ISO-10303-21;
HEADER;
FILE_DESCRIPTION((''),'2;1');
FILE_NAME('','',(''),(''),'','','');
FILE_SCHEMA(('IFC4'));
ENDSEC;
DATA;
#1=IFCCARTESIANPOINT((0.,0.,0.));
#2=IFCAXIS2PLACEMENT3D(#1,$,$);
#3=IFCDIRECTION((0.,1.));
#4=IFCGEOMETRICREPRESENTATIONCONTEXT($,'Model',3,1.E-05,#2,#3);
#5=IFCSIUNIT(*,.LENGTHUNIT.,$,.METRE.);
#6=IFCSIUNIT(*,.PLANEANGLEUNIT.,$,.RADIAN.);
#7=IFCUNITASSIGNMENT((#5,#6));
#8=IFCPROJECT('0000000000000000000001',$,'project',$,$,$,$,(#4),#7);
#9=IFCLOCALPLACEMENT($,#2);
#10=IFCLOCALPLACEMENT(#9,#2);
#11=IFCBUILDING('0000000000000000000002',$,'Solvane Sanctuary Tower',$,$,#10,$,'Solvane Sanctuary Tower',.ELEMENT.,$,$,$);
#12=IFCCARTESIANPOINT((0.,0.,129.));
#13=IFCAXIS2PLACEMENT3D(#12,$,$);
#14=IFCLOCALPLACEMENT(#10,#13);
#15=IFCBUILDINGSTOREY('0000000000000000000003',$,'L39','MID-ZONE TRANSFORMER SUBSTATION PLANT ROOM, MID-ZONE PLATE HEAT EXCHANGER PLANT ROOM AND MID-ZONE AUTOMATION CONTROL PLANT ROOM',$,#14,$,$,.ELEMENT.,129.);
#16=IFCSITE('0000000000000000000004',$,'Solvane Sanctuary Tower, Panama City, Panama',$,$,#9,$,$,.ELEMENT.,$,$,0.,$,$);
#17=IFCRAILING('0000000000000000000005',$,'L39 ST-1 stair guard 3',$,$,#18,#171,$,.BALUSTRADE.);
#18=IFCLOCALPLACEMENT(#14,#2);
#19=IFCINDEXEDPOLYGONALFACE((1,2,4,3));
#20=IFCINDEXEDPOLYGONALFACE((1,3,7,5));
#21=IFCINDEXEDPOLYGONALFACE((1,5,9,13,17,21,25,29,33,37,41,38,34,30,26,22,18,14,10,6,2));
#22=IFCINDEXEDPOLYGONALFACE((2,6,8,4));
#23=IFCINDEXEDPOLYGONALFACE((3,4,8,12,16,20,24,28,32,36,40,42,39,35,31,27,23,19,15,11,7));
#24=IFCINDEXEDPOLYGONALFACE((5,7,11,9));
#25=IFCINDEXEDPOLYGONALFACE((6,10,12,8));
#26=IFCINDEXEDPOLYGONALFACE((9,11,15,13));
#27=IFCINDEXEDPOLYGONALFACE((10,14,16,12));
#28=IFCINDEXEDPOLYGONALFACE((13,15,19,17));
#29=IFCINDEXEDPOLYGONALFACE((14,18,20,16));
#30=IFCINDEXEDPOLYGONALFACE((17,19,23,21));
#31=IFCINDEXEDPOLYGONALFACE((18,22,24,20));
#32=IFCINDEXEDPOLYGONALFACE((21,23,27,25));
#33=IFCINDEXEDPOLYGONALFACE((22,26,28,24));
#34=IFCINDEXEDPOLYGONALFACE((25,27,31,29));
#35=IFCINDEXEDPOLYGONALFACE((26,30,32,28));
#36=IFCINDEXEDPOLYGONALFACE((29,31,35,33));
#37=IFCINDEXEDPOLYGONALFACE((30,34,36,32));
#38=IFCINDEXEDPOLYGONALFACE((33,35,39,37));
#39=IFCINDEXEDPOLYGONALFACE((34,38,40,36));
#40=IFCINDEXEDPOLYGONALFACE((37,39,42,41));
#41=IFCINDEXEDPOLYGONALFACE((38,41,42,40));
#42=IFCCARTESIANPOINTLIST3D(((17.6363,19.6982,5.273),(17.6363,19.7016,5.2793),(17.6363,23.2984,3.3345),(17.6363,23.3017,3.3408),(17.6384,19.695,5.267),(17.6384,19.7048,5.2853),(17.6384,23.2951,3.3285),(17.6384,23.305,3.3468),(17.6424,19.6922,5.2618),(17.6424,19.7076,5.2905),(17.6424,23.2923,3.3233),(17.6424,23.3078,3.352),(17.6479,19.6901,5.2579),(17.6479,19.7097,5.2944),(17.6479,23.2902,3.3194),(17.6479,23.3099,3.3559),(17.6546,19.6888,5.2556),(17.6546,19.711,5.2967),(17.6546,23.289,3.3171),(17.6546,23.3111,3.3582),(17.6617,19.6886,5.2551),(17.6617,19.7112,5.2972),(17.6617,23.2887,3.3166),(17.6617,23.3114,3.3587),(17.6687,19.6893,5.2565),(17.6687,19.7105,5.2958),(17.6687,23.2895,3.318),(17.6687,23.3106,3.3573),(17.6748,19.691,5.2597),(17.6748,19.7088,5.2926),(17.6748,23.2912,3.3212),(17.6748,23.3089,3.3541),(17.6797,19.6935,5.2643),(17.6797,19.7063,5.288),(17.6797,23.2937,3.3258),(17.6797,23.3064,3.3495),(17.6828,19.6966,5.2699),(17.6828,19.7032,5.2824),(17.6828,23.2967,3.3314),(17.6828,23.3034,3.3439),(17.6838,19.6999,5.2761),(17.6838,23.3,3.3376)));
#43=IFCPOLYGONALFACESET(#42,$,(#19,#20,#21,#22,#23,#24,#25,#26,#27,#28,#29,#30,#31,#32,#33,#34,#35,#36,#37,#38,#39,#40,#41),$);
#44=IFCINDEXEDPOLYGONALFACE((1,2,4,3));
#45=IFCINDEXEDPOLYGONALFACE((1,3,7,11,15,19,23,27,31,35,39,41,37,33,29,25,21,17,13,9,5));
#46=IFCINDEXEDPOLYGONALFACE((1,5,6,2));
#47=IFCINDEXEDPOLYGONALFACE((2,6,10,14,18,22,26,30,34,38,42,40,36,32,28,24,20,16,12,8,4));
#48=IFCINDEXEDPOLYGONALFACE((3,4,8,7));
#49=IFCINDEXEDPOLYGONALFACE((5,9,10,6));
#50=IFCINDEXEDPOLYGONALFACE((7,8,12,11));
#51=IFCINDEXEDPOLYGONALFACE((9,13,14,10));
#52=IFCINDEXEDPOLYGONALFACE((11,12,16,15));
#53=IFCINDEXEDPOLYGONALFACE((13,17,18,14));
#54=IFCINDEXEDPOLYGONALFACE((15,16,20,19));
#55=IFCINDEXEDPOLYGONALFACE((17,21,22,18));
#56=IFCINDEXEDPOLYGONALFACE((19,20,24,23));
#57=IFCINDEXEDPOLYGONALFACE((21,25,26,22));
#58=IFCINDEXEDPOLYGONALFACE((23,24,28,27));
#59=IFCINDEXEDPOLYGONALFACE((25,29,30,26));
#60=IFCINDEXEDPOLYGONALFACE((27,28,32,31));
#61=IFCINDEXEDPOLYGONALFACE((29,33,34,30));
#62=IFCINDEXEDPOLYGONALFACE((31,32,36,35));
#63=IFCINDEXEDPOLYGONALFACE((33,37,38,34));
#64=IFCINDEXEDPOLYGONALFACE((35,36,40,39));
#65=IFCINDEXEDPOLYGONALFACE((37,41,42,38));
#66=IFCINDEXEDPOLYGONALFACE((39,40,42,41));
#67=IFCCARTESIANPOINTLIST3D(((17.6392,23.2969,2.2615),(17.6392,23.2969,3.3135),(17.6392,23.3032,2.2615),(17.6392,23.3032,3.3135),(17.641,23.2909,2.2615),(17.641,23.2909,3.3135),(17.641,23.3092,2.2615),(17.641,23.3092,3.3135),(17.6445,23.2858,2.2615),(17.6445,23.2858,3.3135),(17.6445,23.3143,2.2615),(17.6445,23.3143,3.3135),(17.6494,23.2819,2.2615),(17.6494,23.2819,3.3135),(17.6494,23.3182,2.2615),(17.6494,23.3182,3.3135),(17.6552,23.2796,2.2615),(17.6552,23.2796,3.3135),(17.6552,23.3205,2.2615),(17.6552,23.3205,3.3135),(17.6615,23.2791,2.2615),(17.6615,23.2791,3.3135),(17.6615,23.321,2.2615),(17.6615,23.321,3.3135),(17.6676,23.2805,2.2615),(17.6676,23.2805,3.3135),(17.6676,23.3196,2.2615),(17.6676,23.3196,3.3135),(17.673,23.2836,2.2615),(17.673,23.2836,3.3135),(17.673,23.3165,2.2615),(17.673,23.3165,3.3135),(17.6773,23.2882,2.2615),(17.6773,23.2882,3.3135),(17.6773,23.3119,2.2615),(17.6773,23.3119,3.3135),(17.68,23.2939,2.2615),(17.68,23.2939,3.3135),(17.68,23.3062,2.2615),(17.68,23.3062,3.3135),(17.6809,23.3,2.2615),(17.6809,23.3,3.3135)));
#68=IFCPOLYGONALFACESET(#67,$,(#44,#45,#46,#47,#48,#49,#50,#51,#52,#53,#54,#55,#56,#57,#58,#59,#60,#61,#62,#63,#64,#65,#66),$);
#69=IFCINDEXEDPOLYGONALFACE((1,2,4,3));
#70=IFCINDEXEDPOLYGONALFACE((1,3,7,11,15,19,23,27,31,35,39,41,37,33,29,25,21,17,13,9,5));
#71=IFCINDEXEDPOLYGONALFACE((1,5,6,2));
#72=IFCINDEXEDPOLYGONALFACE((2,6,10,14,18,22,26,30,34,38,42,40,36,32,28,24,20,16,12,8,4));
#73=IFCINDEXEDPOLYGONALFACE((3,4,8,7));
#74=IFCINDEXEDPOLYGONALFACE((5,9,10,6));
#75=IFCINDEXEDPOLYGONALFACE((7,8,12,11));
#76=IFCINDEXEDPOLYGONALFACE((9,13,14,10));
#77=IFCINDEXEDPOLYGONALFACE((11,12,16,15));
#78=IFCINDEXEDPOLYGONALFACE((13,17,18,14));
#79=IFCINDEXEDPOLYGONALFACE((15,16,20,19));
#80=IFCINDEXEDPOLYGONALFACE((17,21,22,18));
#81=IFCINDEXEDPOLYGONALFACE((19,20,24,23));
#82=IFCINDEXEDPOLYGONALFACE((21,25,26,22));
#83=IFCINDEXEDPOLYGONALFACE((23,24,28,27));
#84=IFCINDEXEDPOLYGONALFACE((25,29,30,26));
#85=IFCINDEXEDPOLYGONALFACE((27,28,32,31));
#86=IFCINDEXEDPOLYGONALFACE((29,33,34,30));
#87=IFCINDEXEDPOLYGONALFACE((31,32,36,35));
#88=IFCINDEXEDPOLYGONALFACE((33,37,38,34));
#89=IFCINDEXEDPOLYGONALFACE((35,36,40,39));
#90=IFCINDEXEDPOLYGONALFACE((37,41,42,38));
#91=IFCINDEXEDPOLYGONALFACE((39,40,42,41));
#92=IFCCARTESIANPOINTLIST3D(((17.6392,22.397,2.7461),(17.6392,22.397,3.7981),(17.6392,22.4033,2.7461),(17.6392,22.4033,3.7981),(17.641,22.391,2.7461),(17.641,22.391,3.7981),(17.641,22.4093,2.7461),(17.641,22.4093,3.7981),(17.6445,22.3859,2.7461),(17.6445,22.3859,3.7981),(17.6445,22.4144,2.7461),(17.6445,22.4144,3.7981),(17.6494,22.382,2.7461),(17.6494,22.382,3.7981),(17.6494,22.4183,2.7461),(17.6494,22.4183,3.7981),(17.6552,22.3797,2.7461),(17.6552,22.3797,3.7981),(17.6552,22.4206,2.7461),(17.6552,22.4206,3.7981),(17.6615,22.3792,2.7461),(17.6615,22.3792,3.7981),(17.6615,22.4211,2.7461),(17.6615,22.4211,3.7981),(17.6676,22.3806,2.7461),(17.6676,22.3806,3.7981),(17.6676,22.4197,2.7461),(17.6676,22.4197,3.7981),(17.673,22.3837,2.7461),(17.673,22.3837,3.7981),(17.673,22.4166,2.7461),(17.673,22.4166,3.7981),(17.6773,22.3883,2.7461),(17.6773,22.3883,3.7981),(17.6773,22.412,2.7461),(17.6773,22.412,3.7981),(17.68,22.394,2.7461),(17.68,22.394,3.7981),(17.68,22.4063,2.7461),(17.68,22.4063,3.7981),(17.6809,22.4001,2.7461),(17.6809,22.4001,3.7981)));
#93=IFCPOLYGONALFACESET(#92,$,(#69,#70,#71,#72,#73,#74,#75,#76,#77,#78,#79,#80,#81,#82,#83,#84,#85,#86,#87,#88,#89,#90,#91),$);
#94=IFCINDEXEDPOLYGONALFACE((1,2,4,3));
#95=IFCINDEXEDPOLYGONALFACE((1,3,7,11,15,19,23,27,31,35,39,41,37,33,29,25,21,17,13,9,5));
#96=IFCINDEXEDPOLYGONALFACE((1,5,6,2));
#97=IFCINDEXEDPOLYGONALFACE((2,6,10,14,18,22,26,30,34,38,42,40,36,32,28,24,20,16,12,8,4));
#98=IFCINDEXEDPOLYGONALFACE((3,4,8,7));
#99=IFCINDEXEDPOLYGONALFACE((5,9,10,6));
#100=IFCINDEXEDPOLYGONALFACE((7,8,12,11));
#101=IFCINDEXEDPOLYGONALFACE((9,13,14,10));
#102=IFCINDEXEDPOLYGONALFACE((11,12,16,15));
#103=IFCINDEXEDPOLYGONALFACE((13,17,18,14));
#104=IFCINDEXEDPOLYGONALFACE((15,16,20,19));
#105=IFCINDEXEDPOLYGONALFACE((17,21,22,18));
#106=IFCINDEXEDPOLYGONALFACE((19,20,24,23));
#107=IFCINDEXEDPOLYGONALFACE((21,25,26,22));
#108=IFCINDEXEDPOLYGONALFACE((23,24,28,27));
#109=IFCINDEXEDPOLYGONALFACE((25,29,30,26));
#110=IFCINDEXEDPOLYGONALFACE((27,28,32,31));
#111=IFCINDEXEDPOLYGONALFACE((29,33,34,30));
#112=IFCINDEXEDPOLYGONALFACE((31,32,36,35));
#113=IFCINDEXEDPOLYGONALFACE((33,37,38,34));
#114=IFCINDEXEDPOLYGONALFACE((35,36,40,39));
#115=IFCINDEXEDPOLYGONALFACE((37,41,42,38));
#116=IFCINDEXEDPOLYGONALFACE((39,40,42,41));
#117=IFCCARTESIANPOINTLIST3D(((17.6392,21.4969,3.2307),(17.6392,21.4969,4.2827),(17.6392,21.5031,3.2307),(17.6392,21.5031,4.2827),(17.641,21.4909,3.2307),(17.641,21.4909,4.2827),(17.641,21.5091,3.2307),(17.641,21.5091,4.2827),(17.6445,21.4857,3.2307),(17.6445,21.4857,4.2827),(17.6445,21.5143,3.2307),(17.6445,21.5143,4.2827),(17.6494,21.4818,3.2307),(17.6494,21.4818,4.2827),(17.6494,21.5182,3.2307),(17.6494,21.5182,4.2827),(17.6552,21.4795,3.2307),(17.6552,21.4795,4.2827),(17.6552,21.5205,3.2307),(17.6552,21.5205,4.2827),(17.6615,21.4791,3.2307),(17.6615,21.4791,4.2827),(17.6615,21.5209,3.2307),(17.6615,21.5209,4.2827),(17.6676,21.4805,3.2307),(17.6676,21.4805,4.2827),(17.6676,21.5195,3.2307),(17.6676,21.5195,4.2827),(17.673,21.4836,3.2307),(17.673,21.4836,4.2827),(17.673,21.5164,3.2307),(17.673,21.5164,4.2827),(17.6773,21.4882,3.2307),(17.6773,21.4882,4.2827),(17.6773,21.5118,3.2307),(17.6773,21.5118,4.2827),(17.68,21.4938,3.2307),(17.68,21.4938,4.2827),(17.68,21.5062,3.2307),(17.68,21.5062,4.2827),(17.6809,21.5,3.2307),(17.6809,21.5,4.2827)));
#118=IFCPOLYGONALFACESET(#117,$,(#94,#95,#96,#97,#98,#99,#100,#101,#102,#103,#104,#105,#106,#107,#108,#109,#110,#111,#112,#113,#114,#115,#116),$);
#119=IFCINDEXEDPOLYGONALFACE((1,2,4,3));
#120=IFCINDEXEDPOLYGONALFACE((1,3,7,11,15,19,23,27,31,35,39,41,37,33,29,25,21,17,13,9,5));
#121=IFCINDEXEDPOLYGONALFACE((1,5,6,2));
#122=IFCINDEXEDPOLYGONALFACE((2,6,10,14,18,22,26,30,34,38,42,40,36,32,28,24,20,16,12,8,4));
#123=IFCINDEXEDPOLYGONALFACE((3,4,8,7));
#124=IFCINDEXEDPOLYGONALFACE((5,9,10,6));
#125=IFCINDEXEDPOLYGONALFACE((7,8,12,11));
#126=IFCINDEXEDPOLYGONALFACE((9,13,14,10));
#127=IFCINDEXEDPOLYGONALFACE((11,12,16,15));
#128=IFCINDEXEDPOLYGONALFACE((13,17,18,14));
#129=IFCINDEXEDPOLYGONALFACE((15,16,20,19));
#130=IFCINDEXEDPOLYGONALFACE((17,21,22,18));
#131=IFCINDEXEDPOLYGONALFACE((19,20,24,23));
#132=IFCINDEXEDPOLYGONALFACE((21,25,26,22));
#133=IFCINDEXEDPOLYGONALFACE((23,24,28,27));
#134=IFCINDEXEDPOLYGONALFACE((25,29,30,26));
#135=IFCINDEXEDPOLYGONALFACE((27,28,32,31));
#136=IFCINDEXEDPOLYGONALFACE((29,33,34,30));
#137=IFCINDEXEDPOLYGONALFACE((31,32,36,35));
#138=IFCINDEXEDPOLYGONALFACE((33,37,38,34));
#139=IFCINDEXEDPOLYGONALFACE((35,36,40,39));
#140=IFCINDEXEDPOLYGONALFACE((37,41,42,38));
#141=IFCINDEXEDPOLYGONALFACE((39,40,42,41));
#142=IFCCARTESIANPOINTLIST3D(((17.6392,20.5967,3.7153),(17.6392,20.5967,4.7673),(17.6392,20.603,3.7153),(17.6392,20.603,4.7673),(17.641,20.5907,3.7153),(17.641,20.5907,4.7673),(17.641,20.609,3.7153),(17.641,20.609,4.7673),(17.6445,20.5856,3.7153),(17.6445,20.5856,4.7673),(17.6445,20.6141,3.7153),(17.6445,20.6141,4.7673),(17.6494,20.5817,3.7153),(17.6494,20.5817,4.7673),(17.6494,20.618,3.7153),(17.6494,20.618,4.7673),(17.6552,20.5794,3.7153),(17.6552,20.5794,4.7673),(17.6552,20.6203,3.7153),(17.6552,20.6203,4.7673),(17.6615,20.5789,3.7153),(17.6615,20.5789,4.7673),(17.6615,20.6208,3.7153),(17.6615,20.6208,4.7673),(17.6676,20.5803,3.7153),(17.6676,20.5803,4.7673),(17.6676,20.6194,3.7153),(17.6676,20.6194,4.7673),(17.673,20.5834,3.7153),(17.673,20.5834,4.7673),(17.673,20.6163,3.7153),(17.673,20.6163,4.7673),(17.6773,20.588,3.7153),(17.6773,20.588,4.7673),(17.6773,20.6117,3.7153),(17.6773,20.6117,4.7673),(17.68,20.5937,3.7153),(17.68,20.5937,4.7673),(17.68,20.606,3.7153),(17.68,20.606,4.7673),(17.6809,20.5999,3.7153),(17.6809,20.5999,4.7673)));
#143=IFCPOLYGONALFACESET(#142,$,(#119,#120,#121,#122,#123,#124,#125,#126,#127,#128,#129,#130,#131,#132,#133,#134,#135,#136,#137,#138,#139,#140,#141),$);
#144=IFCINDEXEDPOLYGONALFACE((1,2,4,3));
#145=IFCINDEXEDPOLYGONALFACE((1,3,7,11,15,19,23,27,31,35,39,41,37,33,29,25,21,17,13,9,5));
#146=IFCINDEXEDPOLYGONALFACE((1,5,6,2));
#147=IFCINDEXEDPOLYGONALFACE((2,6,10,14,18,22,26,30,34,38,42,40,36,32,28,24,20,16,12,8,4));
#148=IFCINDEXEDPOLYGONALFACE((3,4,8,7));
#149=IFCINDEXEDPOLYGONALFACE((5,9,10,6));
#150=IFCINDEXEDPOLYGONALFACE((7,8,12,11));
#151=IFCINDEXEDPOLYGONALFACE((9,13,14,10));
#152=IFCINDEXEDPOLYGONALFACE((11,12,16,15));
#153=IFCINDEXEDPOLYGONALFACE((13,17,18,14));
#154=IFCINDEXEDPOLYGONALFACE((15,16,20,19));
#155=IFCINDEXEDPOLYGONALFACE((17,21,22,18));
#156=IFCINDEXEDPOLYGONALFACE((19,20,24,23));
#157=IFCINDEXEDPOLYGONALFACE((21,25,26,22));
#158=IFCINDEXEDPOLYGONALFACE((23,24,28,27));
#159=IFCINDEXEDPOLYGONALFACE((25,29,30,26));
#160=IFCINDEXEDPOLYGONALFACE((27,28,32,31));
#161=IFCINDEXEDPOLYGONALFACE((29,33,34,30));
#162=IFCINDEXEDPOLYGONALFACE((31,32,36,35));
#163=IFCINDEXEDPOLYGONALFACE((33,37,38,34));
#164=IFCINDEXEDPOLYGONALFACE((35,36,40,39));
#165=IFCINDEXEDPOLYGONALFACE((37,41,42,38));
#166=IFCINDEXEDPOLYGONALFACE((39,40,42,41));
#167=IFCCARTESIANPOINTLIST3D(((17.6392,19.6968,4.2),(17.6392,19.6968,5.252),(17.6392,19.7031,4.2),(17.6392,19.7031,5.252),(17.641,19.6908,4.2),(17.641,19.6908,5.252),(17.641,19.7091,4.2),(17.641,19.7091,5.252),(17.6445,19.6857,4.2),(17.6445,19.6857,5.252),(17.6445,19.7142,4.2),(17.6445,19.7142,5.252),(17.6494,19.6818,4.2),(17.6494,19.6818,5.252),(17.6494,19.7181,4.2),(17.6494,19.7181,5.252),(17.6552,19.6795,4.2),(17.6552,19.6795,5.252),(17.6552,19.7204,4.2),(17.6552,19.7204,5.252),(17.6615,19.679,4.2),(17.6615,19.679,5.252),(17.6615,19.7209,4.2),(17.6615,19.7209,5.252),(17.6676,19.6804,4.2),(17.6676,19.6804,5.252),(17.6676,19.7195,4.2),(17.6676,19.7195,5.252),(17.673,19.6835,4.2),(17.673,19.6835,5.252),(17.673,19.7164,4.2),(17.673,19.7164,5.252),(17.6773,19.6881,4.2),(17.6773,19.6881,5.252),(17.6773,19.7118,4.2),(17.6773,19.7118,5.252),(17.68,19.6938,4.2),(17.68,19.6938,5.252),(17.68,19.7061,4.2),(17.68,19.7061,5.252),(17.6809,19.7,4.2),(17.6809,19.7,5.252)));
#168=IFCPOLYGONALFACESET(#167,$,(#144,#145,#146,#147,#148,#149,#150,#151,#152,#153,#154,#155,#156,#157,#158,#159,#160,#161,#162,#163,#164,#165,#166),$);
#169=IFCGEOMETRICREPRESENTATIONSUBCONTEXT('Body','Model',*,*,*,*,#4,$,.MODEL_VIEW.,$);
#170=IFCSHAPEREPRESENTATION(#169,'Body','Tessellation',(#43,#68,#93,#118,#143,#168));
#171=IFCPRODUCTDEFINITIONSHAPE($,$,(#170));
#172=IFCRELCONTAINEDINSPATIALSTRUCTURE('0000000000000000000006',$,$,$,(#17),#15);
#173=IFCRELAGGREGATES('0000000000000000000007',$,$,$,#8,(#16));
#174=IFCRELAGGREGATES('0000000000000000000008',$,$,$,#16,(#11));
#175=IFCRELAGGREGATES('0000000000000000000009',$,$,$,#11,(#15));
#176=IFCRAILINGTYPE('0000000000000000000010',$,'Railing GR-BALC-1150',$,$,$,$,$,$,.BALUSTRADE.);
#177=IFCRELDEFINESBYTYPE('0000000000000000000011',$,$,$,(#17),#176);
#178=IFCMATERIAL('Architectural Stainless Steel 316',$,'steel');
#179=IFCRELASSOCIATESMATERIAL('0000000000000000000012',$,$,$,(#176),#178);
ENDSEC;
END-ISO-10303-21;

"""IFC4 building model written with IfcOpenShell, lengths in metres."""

from ifc_helpers import new_model, si_unit, direction, frame, origin, origin_2d, place, context, subcontext, project, spatial, circle, extrude, material, type_object, element, save


model = new_model("IFC4")

# Units and contexts
model_context = context("Model", 3, precision=1e-05, world=origin(), true_north=direction((0.0, 1.0)))
body_context = subcontext(model_context, "Body", "Model", "MODEL_VIEW")
ifc_project = project(units=[si_unit("LENGTHUNIT", "METRE"), si_unit("PLANEANGLEUNIT", "RADIAN")], contexts=[model_context])

# Site, building, storey
site_placement = place(None, origin())
site = spatial("IfcSite", under=ifc_project, at=site_placement, Name="Solvane Sanctuary Tower, Panama City, Panama", CompositionType="ELEMENT", RefElevation=0.0)
building_placement = place(site_placement, origin())
building = spatial("IfcBuilding", under=site, at=building_placement, Name="Solvane Sanctuary Tower", LongName="Solvane Sanctuary Tower", CompositionType="ELEMENT")
storey_placement = place(building_placement, frame((0.0, 0.0, 129.0)))
storey = spatial("IfcBuildingStorey", under=building, at=storey_placement, Name="L39", Description="MID-ZONE TRANSFORMER SUBSTATION PLANT ROOM, MID-ZONE PLATE HEAT EXCHANGER PLANT ROOM AND MID-ZONE AUTOMATION CONTROL PLANT ROOM", CompositionType="ELEMENT", Elevation=129.0)

# Shared definitions
ifc_material_1 = material(Name="Architectural Stainless Steel 316", Category="steel")

# Railing
railing_type_1 = type_object("IfcRailingType", Name="Railing GR-BALC-1150", PredefinedType="BALUSTRADE", material=ifc_material_1)
railing_1_placement = place(storey_placement, frame((17.6599, 23.3, 2.2615)))
element("IfcRailing", 1, at=railing_1_placement, inside=storey, type_object=railing_type_1, Name="L39 ST-1 stair guard 3", PredefinedType="BALUSTRADE", context=body_context, shape_type="SweptSolid", body=[
    extrude(circle(Radius=0.0239, at=origin_2d()), frame((0.0, 0.0, 1.0762), z_axis=(0.0, -0.880475, 0.474093), x_axis=(1.0, 0.0, 0.0)), (0.0, 0.0, 1.0), 4.0889),
    extrude(circle(Radius=0.021, at=origin_2d()), origin(), (0.0, 0.0, 1.0), 1.052),
    extrude(circle(Radius=0.021, at=origin_2d()), frame((0.0, -0.8999, 0.4846)), (0.0, 0.0, 1.0), 1.052),
    extrude(circle(Radius=0.021, at=origin_2d()), frame((0.0, -1.8, 0.9692)), (0.0, 0.0, 1.0), 1.052),
    extrude(circle(Radius=0.021, at=origin_2d()), frame((0.0, -2.7002, 1.4539)), (0.0, 0.0, 1.0), 1.052),
    extrude(circle(Radius=0.021, at=origin_2d()), frame((0.0, -3.6001, 1.9385)), (0.0, 0.0, 1.0), 1.052),
])

save(model, "model.ifc")
